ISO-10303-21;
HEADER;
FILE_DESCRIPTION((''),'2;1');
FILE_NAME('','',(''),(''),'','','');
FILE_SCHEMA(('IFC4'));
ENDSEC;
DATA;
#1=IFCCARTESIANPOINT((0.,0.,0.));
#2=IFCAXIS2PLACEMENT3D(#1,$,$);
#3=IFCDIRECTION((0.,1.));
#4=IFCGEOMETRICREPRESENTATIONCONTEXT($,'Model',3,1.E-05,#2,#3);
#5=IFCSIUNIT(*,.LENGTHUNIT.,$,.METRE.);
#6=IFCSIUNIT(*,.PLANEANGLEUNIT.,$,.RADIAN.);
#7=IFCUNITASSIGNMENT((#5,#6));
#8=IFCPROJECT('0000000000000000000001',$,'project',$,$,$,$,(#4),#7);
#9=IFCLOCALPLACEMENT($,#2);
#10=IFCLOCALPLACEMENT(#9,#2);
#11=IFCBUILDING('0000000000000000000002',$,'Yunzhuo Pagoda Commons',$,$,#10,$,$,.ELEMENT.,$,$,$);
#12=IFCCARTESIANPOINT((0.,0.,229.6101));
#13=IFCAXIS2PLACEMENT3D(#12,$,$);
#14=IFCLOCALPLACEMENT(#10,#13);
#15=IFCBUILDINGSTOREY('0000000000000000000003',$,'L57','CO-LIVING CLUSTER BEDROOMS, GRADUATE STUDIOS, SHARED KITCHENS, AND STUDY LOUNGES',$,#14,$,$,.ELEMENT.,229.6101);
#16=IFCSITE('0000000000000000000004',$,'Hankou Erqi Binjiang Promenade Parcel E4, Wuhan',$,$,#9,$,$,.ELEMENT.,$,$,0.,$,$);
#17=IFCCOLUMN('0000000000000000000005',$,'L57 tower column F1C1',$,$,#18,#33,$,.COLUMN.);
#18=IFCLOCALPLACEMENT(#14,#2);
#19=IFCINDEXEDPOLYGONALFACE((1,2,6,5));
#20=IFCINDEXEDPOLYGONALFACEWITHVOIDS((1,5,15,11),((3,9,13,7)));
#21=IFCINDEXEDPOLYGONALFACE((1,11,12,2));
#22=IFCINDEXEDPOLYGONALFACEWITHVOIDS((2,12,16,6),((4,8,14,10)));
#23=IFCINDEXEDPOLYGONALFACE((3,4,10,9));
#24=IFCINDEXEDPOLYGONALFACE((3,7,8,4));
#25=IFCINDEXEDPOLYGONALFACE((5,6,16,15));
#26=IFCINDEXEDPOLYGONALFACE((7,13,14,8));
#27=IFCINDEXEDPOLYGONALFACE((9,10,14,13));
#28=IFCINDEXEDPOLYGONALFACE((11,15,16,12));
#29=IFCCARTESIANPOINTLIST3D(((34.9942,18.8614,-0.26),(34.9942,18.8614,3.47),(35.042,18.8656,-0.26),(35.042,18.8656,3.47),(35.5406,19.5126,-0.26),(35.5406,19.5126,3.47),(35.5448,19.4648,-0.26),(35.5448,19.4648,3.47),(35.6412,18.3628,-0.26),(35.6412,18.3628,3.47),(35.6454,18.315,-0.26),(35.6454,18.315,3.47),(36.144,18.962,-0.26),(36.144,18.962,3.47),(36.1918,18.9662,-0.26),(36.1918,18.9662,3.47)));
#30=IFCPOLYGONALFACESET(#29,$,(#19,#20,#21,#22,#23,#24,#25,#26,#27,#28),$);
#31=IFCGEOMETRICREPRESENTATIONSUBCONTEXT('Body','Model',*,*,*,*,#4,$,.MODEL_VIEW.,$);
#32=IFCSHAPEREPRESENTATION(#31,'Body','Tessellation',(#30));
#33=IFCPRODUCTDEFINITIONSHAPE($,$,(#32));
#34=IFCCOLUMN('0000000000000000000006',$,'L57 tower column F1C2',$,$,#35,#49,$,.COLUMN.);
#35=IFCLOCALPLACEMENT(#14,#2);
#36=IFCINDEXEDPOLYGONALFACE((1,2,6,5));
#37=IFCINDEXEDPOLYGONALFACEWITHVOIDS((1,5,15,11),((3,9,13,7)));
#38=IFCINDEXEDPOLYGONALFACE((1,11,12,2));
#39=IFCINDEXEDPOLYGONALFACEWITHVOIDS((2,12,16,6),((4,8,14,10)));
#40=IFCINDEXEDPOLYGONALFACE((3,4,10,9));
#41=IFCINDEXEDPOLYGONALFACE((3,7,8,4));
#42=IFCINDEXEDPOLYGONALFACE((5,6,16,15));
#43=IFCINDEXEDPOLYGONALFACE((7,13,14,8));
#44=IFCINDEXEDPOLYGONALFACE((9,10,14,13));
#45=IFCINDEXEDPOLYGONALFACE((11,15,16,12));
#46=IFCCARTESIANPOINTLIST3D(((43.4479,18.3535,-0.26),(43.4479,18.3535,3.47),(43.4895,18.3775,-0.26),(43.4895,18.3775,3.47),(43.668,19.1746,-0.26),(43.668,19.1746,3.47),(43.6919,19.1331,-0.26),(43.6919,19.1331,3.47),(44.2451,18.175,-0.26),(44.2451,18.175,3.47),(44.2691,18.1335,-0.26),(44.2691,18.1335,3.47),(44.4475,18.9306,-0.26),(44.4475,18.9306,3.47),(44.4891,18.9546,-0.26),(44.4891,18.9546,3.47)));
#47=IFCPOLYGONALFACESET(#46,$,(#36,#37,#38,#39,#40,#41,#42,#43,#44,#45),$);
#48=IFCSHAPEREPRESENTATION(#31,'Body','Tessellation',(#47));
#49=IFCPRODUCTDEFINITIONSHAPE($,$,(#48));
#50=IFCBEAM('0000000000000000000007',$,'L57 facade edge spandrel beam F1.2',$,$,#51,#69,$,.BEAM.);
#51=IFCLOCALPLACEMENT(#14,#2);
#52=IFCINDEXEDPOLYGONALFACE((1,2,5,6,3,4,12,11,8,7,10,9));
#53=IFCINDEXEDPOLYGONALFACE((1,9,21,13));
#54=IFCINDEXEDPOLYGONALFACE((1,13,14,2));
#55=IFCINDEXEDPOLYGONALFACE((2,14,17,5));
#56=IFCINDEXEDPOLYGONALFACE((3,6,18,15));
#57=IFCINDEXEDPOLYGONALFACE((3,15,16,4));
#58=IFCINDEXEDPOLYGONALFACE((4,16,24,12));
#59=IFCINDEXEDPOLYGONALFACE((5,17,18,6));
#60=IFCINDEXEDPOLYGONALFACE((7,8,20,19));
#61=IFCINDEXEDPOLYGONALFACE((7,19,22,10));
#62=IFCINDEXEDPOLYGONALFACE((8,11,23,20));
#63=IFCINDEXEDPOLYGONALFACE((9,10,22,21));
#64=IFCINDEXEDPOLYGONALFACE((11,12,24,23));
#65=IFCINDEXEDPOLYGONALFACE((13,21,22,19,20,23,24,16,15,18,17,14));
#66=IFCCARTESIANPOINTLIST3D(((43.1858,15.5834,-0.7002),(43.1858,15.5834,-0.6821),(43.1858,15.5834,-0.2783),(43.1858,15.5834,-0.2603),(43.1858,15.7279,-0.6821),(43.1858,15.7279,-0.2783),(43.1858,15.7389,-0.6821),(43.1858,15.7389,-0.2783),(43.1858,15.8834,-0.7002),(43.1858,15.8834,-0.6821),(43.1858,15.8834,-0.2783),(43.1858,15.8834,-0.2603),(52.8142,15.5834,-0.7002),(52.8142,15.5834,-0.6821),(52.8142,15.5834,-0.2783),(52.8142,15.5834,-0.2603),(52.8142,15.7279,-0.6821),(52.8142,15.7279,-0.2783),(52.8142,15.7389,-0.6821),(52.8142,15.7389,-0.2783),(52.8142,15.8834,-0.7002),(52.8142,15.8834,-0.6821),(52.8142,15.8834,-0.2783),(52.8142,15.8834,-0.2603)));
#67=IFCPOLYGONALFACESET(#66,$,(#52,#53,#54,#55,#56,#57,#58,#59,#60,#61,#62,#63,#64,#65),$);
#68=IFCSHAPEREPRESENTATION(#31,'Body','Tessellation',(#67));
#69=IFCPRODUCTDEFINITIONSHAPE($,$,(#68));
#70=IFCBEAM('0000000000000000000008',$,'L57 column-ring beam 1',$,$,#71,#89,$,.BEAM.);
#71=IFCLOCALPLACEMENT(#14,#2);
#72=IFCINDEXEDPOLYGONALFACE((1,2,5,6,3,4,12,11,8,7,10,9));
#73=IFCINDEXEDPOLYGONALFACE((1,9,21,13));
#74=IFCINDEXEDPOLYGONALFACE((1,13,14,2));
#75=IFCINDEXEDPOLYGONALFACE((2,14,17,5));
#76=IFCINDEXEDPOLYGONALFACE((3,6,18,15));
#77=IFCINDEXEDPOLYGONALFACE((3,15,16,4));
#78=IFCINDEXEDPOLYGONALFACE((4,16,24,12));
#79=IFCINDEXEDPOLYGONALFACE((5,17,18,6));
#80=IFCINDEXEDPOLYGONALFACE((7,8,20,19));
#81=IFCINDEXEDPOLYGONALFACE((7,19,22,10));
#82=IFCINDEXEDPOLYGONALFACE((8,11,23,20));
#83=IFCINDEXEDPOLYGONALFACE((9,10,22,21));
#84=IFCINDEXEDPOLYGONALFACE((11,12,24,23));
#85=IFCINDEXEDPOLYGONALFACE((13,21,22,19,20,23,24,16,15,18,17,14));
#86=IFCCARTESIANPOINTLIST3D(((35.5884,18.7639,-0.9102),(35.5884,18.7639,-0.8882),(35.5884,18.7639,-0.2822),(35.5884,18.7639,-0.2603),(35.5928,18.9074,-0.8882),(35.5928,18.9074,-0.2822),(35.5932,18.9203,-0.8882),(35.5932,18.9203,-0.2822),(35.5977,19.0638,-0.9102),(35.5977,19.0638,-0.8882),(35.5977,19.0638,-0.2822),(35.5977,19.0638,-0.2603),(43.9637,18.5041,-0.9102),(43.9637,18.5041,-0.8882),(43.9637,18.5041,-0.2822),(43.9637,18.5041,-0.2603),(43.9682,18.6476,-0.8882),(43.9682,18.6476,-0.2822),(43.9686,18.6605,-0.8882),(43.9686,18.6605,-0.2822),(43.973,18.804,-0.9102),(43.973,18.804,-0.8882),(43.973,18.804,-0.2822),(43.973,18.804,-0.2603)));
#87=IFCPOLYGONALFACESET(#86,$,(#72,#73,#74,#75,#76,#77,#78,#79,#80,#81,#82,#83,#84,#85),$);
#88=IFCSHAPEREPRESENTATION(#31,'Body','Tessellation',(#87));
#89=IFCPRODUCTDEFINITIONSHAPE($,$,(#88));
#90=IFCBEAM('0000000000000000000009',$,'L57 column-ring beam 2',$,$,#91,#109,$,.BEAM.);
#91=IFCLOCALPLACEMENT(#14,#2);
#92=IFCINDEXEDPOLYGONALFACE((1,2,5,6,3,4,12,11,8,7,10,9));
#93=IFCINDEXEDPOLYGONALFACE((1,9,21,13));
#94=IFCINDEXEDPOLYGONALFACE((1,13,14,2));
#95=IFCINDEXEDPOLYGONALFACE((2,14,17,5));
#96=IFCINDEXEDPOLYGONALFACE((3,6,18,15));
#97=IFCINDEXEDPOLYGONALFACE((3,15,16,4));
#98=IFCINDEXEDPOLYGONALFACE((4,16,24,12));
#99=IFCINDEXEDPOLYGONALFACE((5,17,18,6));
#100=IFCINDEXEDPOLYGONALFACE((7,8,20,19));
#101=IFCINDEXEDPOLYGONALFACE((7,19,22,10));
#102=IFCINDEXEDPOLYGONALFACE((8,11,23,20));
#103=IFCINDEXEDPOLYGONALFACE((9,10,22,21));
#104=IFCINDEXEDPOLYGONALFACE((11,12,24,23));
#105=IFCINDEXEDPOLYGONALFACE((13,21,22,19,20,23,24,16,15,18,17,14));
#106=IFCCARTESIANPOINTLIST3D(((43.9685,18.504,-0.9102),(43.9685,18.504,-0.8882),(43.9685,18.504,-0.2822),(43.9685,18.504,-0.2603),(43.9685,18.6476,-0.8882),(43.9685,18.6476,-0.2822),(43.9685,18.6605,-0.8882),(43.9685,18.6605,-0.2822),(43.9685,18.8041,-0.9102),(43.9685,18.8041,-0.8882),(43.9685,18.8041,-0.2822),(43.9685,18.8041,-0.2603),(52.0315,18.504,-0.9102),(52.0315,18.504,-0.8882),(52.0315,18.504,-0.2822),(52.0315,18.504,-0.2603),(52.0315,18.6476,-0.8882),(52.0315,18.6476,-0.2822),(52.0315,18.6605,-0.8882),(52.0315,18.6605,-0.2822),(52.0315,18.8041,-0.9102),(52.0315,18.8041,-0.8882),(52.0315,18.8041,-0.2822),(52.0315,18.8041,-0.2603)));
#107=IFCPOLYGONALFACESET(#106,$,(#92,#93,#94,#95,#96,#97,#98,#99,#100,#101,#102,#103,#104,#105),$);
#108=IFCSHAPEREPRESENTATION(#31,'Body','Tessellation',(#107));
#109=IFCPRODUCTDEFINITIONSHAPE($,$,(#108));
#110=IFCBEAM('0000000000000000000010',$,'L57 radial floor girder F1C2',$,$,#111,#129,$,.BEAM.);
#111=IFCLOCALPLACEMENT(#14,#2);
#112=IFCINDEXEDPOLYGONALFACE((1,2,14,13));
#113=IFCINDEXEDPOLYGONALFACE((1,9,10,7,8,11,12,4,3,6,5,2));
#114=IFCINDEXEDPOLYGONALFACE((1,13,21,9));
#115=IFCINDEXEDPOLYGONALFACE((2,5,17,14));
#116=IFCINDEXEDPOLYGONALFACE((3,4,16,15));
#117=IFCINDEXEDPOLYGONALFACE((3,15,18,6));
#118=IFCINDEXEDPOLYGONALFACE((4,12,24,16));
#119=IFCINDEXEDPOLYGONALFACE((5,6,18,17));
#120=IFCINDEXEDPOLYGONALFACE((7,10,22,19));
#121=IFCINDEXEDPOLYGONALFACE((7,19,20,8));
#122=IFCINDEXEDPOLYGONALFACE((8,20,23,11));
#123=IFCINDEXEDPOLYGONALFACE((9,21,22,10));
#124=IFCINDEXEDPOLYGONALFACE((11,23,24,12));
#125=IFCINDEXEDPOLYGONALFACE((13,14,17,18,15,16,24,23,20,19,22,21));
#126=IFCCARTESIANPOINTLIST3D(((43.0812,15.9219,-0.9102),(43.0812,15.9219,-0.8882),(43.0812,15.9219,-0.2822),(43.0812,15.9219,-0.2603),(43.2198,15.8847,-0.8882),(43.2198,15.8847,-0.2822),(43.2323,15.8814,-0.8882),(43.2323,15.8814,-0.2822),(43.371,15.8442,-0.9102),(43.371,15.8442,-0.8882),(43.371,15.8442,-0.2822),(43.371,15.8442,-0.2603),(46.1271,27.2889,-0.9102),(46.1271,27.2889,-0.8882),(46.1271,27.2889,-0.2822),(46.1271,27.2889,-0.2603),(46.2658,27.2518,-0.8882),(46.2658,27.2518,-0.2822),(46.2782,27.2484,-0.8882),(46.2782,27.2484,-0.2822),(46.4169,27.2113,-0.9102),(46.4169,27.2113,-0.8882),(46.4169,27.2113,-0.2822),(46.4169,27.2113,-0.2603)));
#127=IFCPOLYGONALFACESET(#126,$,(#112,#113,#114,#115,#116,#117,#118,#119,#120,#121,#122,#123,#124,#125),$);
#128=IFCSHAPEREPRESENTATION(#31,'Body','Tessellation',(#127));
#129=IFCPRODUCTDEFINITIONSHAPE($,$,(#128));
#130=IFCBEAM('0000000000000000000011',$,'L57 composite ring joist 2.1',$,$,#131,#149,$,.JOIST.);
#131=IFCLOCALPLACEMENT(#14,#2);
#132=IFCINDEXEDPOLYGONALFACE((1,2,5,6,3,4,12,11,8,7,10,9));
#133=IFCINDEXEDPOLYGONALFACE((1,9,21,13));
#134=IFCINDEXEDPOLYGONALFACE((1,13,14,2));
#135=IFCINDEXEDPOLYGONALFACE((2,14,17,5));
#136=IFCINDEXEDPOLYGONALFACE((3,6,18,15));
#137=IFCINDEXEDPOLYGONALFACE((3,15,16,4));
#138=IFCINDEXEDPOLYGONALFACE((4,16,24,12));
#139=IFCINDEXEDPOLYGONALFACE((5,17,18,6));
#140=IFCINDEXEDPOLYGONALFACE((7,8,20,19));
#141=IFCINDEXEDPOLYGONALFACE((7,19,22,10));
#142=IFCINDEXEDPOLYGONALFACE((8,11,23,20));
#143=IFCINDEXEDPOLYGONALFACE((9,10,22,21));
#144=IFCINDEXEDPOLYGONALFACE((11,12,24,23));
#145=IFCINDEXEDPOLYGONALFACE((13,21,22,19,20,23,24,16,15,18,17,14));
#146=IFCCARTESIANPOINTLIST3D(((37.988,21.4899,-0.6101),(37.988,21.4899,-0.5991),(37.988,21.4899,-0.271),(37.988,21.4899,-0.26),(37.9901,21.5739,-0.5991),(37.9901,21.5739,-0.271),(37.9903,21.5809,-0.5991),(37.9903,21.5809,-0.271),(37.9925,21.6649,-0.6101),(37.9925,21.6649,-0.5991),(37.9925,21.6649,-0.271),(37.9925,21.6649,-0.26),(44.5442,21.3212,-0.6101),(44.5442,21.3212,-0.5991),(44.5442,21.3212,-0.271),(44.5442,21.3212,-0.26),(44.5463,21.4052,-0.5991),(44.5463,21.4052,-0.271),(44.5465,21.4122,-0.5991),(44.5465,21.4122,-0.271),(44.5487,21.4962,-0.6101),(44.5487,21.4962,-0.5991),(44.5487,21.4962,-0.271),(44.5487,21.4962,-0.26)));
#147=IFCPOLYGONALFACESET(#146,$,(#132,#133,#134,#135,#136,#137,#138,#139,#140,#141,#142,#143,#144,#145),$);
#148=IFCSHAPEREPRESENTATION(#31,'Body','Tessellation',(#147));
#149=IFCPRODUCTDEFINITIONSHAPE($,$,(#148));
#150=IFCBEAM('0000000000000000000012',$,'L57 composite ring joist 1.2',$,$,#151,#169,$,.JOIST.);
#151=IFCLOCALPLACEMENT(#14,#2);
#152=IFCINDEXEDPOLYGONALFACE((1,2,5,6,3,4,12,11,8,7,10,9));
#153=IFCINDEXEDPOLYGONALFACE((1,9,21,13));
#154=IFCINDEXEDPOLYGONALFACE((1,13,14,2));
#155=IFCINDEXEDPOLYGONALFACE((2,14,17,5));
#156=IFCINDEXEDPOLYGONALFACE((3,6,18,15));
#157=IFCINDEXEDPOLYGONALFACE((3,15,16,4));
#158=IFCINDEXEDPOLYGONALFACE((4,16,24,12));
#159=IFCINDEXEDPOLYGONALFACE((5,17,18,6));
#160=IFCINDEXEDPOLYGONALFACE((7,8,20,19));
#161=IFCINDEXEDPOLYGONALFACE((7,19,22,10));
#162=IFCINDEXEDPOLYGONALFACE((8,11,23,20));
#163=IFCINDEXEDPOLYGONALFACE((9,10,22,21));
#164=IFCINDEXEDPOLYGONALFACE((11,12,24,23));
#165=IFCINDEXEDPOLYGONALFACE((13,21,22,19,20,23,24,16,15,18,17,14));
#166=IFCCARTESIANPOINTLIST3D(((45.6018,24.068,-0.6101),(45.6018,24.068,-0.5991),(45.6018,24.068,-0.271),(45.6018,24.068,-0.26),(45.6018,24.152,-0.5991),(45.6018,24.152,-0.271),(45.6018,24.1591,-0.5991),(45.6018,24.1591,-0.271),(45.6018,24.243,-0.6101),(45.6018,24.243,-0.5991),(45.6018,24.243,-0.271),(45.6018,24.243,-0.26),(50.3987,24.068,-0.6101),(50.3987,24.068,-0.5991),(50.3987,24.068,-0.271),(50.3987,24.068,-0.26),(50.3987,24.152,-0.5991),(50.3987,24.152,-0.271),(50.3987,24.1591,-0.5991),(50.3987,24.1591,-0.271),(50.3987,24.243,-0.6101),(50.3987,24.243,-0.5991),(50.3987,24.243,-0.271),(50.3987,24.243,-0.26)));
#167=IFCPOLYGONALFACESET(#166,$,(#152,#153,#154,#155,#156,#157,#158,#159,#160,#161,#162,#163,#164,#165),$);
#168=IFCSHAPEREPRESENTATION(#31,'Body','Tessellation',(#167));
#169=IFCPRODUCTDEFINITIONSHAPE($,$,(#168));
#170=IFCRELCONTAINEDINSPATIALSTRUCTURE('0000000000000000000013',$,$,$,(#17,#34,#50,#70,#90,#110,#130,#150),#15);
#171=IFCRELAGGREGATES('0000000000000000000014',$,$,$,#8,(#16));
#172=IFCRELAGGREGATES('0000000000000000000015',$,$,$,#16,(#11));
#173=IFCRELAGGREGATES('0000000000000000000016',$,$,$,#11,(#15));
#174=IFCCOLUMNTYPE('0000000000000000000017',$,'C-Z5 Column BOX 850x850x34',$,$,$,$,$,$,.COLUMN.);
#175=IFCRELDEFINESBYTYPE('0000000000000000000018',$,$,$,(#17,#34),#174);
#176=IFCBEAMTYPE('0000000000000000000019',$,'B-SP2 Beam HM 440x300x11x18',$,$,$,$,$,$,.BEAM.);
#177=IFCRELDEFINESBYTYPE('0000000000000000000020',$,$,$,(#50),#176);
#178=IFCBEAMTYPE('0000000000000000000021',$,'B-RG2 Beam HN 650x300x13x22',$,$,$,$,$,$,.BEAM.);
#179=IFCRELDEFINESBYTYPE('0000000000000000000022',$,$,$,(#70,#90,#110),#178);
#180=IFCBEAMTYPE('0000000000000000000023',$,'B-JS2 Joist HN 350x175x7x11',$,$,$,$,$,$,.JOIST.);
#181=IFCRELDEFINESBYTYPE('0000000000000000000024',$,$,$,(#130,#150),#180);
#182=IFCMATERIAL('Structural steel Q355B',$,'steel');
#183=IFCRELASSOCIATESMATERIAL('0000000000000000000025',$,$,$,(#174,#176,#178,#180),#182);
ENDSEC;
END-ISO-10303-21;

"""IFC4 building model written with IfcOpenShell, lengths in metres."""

from ifc_helpers import new_model, si_unit, direction, frame, origin, origin_2d, place, context, subcontext, project, spatial, hollow_rectangle, i_section, extrude, source, transform, mapped, material, material_profile, profile_set, type_object, element, save


model = new_model("IFC4")

# Units and contexts
model_context = context("Model", 3, precision=1e-05, world=origin(), true_north=direction((0.0, 1.0)))
body_context = subcontext(model_context, "Body", "Model", "MODEL_VIEW")
ifc_project = project(units=[si_unit("LENGTHUNIT", "METRE"), si_unit("PLANEANGLEUNIT", "RADIAN")], contexts=[model_context])

# Site, building, storey
site_placement = place(None, origin())
site = spatial("IfcSite", under=ifc_project, at=site_placement, Name="Hankou Erqi Binjiang Promenade Parcel E4, Wuhan", CompositionType="ELEMENT", RefElevation=0.0)
building_placement = place(site_placement, origin())
building = spatial("IfcBuilding", under=site, at=building_placement, Name="Yunzhuo Pagoda Commons", CompositionType="ELEMENT")
storey_placement = place(building_placement, frame((0.0, 0.0, 229.6101)))
storey = spatial("IfcBuildingStorey", under=building, at=storey_placement, Name="L57", Description="CO-LIVING CLUSTER BEDROOMS, GRADUATE STUDIOS, SHARED KITCHENS, AND STUDY LOUNGES", CompositionType="ELEMENT", Elevation=229.6101)

# Columns
ifc_material_1 = material(Name="Structural steel Q355B", Category="steel")
ifc_material_profile_1 = material_profile(ifc_material_1, hollow_rectangle(XDim=0.8501, YDim=0.8501, WallThickness=0.0339, at=origin_2d()), Name="Structural steel Q355B")
ifc_profile_set_1 = profile_set([ifc_material_profile_1], Name="Structural steel Q355B")
column_type = type_object("IfcColumnType", Name="C-Z5 Column BOX 850x850x34", PredefinedType="COLUMN", material=ifc_profile_set_1)
shared_shape_1 = source(origin(), body_context, "Body", "SweptSolid", [
    extrude(hollow_rectangle(XDim=0.8501, YDim=0.8501, WallThickness=0.0339, at=origin_2d()), origin(), (0.0, 0.0, 1.0), 3.73),
])
for number, where, z_axis, x_axis, name in (
    (1, (35.593, 18.9138, -0.26), (0.0, 0.0, 1.0), (0.766044, -0.642788, 0.0), "L57 tower column F1C1"),
    (2, (43.9685, 18.6541, -0.26), (0.0, 0.0, 1.0), (0.965926, -0.258819, 0.0), "L57 tower column F1C2"),
):
    element("IfcColumn", number, at=place(storey_placement, frame(where, z_axis=z_axis, x_axis=x_axis)), inside=storey, type_object=column_type, Name=name, PredefinedType="COLUMN", context=body_context, shape_type="MappedRepresentation", body=[
        mapped(shared_shape_1, transform((0.0, 0.0, 0.0), scale=1.0)),
    ])

# Beams
ifc_material_profile_2 = material_profile(ifc_material_1, i_section(OverallWidth=0.3, OverallDepth=0.4399, WebThickness=0.011, FlangeThickness=0.0181, at=origin_2d()), Name="Structural steel Q355B")
ifc_profile_set_2 = profile_set([ifc_material_profile_2], Name="Structural steel Q355B")
beam_type_1 = type_object("IfcBeamType", Name="B-SP2 Beam HM 440x300x11x18", PredefinedType="BEAM", material=ifc_profile_set_2)
shared_shape_2 = source(origin(), body_context, "Body", "SweptSolid", [
    extrude(i_section(OverallWidth=0.3, OverallDepth=0.4399, WebThickness=0.011, FlangeThickness=0.0181, at=origin_2d()), origin(), (0.0, 0.0, 1.0), 9.6284),
])
beam_1_placement = place(storey_placement, frame((43.1858, 15.7334, -0.4802), z_axis=(1.0, 0.0, 0.0), x_axis=(0.0, 1.0, 0.0)))
element("IfcBeam", 3, at=beam_1_placement, inside=storey, type_object=beam_type_1, Name="L57 facade edge spandrel beam F1.2", PredefinedType="BEAM", context=body_context, shape_type="MappedRepresentation", body=[
    mapped(shared_shape_2, transform((0.0, 0.0, 0.0), scale=1.0)),
])
ifc_material_profile_3 = material_profile(ifc_material_1, i_section(OverallWidth=0.3, OverallDepth=0.6499, WebThickness=0.0129, FlangeThickness=0.022, at=origin_2d()), Name="Structural steel Q355B")
ifc_profile_set_3 = profile_set([ifc_material_profile_3], Name="Structural steel Q355B")
beam_type_2 = type_object("IfcBeamType", Name="B-RG2 Beam HN 650x300x13x22", PredefinedType="BEAM", material=ifc_profile_set_3)
shared_shape_3 = source(origin(), body_context, "Body", "SweptSolid", [
    extrude(i_section(OverallWidth=0.3, OverallDepth=0.6499, WebThickness=0.0129, FlangeThickness=0.022, at=origin_2d()), origin(), (0.0, 0.0, 1.0), 8.3794),
])
beam_2_placement = place(storey_placement, frame((35.593, 18.9138, -0.5852), z_axis=(0.999519, -0.031, 0.0), x_axis=(0.031, 0.999519, 0.0)))
element("IfcBeam", 4, at=beam_2_placement, inside=storey, type_object=beam_type_2, Name="L57 column-ring beam 1", PredefinedType="BEAM", context=body_context, shape_type="MappedRepresentation", body=[
    mapped(shared_shape_3, transform((0.0, 0.0, 0.0), scale=1.0)),
])
shared_shape_4 = source(origin(), body_context, "Body", "SweptSolid", [
    extrude(i_section(OverallWidth=0.3, OverallDepth=0.6499, WebThickness=0.0129, FlangeThickness=0.022, at=origin_2d()), origin(), (0.0, 0.0, 1.0), 8.063),
])
beam_3_placement = place(storey_placement, frame((43.9685, 18.6541, -0.5852), z_axis=(1.0, 0.0, 0.0), x_axis=(0.0, 1.0, 0.0)))
element("IfcBeam", 5, at=beam_3_placement, inside=storey, type_object=beam_type_2, Name="L57 column-ring beam 2", PredefinedType="BEAM", context=body_context, shape_type="MappedRepresentation", body=[
    mapped(shared_shape_4, transform((0.0, 0.0, 0.0), scale=1.0)),
])
shared_shape_5 = source(origin(), body_context, "Body", "SweptSolid", [
    extrude(i_section(OverallWidth=0.3, OverallDepth=0.6499, WebThickness=0.0129, FlangeThickness=0.022, at=origin_2d()), origin(), (0.0, 0.0, 1.0), 11.7681),
])
beam_4_placement = place(storey_placement, frame((43.2261, 15.8831, -0.5852), z_axis=(0.25883, 0.965923, 0.0), x_axis=(-0.965923, 0.25883, 0.0)))
element("IfcBeam", 6, at=beam_4_placement, inside=storey, type_object=beam_type_2, Name="L57 radial floor girder F1C2", PredefinedType="BEAM", context=body_context, shape_type="MappedRepresentation", body=[
    mapped(shared_shape_5, transform((0.0, 0.0, 0.0), scale=1.0)),
])
ifc_material_profile_4 = material_profile(ifc_material_1, i_section(OverallWidth=0.175, OverallDepth=0.3501, WebThickness=0.0071, FlangeThickness=0.011, at=origin_2d()), Name="Structural steel Q355B")
ifc_profile_set_4 = profile_set([ifc_material_profile_4], Name="Structural steel Q355B")
beam_type_3 = type_object("IfcBeamType", Name="B-JS2 Joist HN 350x175x7x11", PredefinedType="JOIST", material=ifc_profile_set_4)
shared_shape_6 = source(origin(), body_context, "Body", "SweptSolid", [
    extrude(i_section(OverallWidth=0.175, OverallDepth=0.3501, WebThickness=0.0071, FlangeThickness=0.011, at=origin_2d()), origin(), (0.0, 0.0, 1.0), 6.5583),
])
beam_5_placement = place(storey_placement, frame((37.9902, 21.5774, -0.4351), z_axis=(0.999669, -0.025723, 0.0), x_axis=(0.025723, 0.999669, 0.0)))
element("IfcBeam", 7, at=beam_5_placement, inside=storey, type_object=beam_type_3, Name="L57 composite ring joist 2.1", PredefinedType="JOIST", context=body_context, shape_type="MappedRepresentation", body=[
    mapped(shared_shape_6, transform((0.0, 0.0, 0.0), scale=1.0)),
])
shared_shape_7 = source(origin(), body_context, "Body", "SweptSolid", [
    extrude(i_section(OverallWidth=0.175, OverallDepth=0.3501, WebThickness=0.0071, FlangeThickness=0.011, at=origin_2d()), origin(), (0.0, 0.0, 1.0), 4.7969),
])
beam_6_placement = place(storey_placement, frame((45.6018, 24.1555, -0.4351), z_axis=(1.0, 0.0, 0.0), x_axis=(0.0, 1.0, 0.0)))
element("IfcBeam", 8, at=beam_6_placement, inside=storey, type_object=beam_type_3, Name="L57 composite ring joist 1.2", PredefinedType="JOIST", context=body_context, shape_type="MappedRepresentation", body=[
    mapped(shared_shape_7, transform((0.0, 0.0, 0.0), scale=1.0)),
])

save(model, "model.ifc")
